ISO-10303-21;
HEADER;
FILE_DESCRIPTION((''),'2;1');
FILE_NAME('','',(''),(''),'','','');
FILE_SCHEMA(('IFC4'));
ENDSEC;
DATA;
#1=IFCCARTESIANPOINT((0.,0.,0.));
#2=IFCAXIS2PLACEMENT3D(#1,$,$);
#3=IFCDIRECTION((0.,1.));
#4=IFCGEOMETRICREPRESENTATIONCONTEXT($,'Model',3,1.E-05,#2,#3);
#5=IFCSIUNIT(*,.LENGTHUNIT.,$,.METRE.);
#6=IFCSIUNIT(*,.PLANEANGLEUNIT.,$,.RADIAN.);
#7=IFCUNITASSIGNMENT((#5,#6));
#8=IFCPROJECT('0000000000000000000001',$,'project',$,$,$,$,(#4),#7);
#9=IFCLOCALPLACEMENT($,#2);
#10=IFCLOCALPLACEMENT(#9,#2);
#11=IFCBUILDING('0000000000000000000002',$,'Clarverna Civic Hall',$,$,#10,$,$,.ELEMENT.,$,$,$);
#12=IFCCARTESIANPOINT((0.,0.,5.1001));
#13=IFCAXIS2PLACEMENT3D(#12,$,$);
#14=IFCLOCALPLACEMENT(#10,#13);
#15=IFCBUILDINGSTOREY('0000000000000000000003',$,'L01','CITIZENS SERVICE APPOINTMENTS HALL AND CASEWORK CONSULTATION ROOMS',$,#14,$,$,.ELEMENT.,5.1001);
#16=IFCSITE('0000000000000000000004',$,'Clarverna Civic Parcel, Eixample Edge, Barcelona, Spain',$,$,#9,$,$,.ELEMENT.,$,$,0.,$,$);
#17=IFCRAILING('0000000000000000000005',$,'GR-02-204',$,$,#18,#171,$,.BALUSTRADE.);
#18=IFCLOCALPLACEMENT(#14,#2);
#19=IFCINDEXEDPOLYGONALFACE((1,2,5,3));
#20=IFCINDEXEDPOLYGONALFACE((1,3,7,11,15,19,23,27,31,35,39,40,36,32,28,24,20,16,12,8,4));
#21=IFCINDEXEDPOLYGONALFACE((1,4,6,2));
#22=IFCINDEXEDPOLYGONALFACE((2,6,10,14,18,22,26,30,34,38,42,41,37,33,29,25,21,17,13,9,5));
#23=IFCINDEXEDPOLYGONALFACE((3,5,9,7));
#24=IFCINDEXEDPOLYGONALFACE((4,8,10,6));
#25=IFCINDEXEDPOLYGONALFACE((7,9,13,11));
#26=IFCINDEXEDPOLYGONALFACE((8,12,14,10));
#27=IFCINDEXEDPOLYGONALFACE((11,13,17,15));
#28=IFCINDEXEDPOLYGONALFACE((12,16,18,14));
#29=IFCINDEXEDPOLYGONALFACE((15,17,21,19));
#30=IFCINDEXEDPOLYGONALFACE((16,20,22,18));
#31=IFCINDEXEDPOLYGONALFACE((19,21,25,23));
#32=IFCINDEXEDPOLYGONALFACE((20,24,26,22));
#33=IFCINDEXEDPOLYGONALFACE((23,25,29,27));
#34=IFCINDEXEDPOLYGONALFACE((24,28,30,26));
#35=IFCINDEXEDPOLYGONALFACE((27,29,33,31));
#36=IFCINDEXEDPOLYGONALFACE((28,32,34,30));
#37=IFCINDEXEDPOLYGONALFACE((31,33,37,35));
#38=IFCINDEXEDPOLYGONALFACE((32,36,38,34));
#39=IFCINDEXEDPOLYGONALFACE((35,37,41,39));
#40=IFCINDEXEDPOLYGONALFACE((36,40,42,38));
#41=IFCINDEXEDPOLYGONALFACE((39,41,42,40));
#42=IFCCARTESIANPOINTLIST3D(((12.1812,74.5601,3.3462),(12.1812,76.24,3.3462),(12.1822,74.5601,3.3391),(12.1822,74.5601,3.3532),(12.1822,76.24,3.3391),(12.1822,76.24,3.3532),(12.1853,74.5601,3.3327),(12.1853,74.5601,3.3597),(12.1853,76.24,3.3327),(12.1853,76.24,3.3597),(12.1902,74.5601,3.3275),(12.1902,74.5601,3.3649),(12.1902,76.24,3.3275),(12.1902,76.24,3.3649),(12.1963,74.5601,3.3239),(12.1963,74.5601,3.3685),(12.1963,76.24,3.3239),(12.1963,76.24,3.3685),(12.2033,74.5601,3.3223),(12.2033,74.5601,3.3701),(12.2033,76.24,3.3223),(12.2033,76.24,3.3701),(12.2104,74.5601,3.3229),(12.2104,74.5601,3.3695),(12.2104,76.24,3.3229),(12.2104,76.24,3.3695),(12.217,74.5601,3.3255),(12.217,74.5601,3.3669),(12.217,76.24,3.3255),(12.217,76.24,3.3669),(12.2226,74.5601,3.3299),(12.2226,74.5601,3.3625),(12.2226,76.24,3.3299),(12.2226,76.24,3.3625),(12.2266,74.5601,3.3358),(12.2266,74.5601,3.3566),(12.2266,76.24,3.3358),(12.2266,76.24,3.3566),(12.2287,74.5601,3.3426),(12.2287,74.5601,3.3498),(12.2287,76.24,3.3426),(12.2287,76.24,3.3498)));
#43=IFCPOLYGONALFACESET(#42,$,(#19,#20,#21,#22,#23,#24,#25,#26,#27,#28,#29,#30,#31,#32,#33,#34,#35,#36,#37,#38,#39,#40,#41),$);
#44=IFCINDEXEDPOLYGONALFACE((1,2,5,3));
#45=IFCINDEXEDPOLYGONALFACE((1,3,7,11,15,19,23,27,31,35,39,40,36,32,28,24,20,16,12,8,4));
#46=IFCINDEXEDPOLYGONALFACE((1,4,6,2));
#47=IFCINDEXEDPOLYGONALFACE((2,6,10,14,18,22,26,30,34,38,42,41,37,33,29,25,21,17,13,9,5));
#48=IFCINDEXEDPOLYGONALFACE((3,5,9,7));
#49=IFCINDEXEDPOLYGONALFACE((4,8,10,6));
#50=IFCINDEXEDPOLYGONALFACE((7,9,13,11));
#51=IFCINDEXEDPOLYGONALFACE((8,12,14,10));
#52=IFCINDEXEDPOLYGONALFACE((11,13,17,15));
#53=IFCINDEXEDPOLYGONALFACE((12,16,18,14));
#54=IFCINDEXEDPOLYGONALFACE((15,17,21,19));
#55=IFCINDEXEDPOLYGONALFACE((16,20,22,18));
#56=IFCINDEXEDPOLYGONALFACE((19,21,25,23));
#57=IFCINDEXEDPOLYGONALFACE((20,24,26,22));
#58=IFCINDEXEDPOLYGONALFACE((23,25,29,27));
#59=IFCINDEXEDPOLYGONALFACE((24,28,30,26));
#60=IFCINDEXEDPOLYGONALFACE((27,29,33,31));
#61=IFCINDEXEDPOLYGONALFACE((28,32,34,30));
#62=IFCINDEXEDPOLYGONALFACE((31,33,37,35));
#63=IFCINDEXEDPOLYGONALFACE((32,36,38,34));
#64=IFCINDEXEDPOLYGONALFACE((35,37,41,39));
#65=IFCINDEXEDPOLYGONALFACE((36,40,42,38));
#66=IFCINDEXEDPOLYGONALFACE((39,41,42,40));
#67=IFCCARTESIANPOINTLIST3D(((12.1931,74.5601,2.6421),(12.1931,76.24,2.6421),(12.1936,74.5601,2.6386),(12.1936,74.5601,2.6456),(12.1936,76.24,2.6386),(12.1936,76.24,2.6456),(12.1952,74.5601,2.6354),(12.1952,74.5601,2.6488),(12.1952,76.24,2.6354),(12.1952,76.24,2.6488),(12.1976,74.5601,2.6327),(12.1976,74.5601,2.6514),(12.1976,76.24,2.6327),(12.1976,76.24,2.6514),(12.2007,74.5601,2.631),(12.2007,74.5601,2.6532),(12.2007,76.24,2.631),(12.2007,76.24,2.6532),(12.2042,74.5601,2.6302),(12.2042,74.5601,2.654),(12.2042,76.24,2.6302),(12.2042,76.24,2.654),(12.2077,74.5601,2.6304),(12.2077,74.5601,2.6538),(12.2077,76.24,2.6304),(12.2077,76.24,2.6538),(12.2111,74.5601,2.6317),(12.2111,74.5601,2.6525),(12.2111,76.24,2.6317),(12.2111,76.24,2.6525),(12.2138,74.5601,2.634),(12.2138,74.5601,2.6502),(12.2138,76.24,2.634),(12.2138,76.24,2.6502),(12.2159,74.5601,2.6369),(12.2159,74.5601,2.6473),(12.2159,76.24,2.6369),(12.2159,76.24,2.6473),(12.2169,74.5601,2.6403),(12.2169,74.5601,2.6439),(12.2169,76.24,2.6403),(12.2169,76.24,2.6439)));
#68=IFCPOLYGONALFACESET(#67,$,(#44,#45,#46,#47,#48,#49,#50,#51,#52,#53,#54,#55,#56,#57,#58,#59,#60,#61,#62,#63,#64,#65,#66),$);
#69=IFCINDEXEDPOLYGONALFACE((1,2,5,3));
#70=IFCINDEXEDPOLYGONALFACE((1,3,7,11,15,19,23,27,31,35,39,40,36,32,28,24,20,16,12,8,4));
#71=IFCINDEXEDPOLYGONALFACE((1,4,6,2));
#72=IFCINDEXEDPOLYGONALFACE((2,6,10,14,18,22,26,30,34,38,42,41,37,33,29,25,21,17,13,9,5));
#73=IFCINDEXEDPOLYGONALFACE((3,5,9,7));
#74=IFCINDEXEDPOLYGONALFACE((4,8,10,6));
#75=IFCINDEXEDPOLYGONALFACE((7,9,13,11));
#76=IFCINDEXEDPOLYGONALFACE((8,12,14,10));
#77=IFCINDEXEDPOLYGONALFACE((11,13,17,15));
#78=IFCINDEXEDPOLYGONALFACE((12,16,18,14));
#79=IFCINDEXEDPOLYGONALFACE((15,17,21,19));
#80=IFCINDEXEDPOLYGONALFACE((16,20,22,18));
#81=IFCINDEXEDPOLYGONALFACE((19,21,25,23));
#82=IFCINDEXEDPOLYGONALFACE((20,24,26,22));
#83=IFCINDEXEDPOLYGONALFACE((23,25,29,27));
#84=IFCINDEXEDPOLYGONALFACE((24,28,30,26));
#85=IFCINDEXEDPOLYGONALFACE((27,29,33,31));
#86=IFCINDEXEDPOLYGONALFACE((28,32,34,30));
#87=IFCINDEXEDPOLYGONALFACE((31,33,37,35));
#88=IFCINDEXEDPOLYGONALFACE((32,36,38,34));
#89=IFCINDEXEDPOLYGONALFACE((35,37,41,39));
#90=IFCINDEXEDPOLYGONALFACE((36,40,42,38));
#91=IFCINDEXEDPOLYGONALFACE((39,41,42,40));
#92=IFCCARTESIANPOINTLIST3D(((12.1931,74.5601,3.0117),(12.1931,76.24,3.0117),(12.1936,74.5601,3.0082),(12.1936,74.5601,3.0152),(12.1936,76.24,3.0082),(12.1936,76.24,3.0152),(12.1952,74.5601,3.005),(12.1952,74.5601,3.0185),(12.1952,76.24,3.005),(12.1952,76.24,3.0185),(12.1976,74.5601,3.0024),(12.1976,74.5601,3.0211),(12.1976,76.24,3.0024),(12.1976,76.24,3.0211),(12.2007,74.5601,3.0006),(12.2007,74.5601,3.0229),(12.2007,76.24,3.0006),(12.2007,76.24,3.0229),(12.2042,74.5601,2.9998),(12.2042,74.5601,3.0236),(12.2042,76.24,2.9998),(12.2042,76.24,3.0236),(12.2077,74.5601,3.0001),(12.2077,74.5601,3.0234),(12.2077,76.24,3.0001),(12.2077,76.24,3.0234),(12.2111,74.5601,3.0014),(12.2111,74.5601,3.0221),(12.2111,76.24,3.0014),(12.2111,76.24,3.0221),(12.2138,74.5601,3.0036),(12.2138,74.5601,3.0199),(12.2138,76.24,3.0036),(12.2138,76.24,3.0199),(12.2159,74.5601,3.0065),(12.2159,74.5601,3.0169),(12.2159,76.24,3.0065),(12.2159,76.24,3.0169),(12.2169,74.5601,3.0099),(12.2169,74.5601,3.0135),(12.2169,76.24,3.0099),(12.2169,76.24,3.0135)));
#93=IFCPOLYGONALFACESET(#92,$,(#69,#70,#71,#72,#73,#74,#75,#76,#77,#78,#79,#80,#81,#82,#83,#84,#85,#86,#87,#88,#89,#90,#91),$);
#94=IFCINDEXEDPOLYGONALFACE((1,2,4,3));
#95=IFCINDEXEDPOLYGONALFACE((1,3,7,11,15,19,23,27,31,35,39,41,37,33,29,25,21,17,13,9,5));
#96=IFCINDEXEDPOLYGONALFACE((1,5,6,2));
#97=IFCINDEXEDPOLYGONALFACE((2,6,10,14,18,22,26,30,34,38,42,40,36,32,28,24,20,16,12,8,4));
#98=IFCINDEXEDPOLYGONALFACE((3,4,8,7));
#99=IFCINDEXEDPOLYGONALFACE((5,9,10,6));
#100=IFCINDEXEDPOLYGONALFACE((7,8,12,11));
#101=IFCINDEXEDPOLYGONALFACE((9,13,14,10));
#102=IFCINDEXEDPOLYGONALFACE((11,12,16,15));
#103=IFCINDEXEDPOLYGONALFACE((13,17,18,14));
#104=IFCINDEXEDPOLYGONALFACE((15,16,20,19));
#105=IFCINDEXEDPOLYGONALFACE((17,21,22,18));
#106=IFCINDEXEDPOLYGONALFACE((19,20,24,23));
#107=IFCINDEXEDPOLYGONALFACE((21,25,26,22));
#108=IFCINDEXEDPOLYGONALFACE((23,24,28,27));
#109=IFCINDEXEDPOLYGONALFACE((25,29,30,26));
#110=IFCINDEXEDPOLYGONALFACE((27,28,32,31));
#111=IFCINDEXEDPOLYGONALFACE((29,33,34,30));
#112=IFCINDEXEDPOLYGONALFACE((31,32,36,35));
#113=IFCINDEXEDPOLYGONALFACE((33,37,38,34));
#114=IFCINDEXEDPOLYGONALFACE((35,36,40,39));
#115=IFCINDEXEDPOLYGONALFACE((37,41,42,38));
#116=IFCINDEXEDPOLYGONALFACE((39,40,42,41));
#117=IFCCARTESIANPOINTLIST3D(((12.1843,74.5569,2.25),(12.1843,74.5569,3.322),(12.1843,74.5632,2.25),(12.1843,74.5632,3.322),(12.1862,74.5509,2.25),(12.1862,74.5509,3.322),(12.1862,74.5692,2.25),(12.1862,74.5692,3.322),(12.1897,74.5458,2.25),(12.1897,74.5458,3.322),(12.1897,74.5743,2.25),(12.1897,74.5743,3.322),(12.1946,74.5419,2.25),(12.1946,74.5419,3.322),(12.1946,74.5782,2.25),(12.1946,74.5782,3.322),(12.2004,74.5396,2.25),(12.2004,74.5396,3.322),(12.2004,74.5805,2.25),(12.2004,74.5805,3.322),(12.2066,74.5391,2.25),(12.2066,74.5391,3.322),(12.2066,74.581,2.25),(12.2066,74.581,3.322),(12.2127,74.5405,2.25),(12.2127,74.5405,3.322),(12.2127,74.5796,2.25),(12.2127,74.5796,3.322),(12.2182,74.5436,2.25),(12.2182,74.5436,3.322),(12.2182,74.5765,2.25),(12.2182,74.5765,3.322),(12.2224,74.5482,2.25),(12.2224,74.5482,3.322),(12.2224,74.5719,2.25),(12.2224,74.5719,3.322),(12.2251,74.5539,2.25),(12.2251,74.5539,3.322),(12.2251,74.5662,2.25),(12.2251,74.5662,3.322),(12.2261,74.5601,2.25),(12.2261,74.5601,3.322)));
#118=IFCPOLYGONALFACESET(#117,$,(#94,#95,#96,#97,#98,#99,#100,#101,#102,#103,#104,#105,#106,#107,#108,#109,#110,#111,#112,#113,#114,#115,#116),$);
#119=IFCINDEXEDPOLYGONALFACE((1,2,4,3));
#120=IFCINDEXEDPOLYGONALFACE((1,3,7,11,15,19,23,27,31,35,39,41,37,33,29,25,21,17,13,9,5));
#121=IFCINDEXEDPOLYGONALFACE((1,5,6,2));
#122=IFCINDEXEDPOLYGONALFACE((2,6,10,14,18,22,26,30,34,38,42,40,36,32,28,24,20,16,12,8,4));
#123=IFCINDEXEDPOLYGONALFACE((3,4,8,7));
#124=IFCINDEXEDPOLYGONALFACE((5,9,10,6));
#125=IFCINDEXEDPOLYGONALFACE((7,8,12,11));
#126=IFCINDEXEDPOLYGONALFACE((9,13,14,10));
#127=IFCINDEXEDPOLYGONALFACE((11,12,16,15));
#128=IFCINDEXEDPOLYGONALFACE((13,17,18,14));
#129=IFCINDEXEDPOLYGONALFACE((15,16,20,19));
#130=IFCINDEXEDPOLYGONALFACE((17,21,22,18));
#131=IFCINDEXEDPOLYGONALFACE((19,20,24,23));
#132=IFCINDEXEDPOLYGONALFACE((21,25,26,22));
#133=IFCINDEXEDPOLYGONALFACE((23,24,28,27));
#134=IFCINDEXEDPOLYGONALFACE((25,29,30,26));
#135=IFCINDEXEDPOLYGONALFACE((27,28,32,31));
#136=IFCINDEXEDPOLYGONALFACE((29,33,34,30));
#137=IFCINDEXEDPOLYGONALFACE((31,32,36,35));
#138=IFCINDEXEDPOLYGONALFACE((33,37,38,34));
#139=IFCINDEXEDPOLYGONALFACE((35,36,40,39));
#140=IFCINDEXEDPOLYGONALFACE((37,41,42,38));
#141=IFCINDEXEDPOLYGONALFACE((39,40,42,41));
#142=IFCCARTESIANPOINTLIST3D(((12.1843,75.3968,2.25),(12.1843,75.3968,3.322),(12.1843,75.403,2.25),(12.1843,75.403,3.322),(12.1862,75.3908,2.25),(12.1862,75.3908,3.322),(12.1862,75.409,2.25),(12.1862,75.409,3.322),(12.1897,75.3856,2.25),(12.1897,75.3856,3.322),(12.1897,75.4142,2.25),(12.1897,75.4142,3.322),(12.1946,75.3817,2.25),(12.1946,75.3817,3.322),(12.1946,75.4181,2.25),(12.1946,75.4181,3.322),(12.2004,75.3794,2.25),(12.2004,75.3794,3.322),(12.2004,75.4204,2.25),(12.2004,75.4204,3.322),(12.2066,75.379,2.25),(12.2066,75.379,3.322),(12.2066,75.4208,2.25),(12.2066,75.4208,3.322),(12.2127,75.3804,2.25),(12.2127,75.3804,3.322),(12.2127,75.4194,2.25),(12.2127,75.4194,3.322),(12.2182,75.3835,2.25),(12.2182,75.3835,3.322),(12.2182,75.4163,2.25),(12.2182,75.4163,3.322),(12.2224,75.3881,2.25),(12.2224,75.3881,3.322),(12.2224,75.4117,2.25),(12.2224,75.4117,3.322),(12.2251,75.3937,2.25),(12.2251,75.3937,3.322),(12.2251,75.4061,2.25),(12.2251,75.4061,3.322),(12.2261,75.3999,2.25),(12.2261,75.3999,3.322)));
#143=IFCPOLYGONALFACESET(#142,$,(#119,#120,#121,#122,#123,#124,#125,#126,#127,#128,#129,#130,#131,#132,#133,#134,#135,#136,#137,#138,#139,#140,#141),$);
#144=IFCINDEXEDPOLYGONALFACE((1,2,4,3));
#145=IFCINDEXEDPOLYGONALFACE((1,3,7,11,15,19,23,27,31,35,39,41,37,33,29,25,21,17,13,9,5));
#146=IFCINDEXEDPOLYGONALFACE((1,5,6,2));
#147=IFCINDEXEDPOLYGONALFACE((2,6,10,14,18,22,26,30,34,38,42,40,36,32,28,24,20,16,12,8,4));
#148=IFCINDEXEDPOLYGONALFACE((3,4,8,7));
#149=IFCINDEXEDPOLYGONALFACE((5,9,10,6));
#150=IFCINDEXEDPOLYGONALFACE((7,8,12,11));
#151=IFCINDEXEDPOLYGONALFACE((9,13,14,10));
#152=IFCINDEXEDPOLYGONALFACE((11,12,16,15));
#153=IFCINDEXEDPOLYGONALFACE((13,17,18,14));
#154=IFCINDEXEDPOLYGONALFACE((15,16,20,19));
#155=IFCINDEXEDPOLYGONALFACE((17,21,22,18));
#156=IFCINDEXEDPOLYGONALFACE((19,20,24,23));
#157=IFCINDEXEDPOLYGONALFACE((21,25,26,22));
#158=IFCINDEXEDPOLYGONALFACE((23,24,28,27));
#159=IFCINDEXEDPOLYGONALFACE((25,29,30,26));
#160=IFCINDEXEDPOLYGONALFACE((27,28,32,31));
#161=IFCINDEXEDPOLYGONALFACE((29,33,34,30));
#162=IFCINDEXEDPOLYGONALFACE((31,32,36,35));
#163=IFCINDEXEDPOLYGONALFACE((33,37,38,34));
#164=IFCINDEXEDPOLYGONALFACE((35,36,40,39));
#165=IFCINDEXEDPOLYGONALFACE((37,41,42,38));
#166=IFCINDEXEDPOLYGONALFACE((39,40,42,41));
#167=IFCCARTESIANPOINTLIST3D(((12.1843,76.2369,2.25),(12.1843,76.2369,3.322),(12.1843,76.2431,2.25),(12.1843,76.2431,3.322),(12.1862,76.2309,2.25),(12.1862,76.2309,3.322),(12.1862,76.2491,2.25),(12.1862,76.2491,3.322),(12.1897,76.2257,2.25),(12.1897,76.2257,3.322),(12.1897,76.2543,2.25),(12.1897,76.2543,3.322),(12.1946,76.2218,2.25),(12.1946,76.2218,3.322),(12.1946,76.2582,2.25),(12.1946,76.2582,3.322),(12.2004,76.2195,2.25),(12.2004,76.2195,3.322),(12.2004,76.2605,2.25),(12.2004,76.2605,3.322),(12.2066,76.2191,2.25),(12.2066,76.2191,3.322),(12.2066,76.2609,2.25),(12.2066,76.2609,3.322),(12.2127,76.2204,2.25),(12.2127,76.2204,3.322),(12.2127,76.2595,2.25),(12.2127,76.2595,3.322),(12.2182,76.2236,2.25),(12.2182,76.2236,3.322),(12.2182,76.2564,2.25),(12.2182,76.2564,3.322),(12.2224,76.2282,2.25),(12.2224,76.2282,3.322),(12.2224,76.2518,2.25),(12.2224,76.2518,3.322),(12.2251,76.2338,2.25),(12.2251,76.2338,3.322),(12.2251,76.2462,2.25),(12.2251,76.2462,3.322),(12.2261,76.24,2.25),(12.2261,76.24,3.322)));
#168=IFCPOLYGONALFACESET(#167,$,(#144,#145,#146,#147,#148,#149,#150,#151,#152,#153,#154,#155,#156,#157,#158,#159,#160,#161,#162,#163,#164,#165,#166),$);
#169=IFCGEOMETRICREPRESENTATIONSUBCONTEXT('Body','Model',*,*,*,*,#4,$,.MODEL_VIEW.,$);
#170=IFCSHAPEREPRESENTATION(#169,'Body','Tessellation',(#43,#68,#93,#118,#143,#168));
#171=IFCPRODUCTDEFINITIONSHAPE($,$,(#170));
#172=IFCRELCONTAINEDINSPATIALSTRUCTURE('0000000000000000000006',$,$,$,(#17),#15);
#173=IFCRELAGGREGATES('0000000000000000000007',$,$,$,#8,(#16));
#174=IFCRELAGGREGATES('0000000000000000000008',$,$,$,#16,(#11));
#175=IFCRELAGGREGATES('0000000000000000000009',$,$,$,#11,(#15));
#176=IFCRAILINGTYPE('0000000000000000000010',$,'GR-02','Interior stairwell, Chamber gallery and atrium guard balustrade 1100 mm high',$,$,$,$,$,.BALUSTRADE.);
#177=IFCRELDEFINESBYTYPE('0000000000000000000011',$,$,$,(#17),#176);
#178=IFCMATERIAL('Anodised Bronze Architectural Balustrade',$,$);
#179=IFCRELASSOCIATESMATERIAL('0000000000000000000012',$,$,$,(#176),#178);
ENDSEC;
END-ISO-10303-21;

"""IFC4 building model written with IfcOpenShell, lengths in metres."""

from ifc_helpers import new_model, si_unit, direction, frame, origin, origin_2d, place, context, subcontext, project, spatial, circle, extrude, material, type_object, element, save


model = new_model("IFC4")

# Units and contexts
model_context = context("Model", 3, precision=1e-05, world=origin(), true_north=direction((0.0, 1.0)))
body_context = subcontext(model_context, "Body", "Model", "MODEL_VIEW")
ifc_project = project(units=[si_unit("LENGTHUNIT", "METRE"), si_unit("PLANEANGLEUNIT", "RADIAN")], contexts=[model_context])

# Site, building, storey
site_placement = place(None, origin())
site = spatial("IfcSite", under=ifc_project, at=site_placement, Name="Clarverna Civic Parcel, Eixample Edge, Barcelona, Spain", CompositionType="ELEMENT", RefElevation=0.0)
building_placement = place(site_placement, origin())
building = spatial("IfcBuilding", under=site, at=building_placement, Name="Clarverna Civic Hall", CompositionType="ELEMENT")
storey_placement = place(building_placement, frame((0.0, 0.0, 5.1001)))
storey = spatial("IfcBuildingStorey", under=building, at=storey_placement, Name="L01", Description="CITIZENS SERVICE APPOINTMENTS HALL AND CASEWORK CONSULTATION ROOMS", CompositionType="ELEMENT", Elevation=5.1001)

# Railing
ifc_material_1 = material(Name="Anodised Bronze Architectural Balustrade")
railing_type_1 = type_object("IfcRailingType", Name="GR-02", Description="Interior stairwell, Chamber gallery and atrium guard balustrade 1100 mm high", PredefinedType="BALUSTRADE", material=ifc_material_1)
railing_1_placement = place(storey_placement, frame((12.2051, 74.5601, 2.25)))
element("IfcRailing", 1, at=railing_1_placement, inside=storey, type_object=railing_type_1, Name="GR-02-204", PredefinedType="BALUSTRADE", context=body_context, shape_type="SweptSolid", body=[
    extrude(circle(Radius=0.0239, at=origin_2d()), frame((0.0, 0.0, 1.0962), z_axis=(0.0, 1.0, 0.0), x_axis=(-1.0, 0.0, 0.0)), (0.0, 0.0, 1.0), 1.6799),
    extrude(circle(Radius=0.012, at=origin_2d()), frame((0.0, 0.0, 0.3921), z_axis=(0.0, 1.0, 0.0), x_axis=(-1.0, 0.0, 0.0)), (0.0, 0.0, 1.0), 1.6799),
    extrude(circle(Radius=0.012, at=origin_2d()), frame((0.0, 0.0, 0.7617), z_axis=(0.0, 1.0, 0.0), x_axis=(-1.0, 0.0, 0.0)), (0.0, 0.0, 1.0), 1.6799),
    extrude(circle(Radius=0.021, at=origin_2d()), origin(), (0.0, 0.0, 1.0), 1.072),
    extrude(circle(Radius=0.021, at=origin_2d()), frame((0.0, 0.8398, 0.0)), (0.0, 0.0, 1.0), 1.072),
    extrude(circle(Radius=0.021, at=origin_2d()), frame((0.0, 1.6799, 0.0)), (0.0, 0.0, 1.0), 1.072),
])

save(model, "model.ifc")
